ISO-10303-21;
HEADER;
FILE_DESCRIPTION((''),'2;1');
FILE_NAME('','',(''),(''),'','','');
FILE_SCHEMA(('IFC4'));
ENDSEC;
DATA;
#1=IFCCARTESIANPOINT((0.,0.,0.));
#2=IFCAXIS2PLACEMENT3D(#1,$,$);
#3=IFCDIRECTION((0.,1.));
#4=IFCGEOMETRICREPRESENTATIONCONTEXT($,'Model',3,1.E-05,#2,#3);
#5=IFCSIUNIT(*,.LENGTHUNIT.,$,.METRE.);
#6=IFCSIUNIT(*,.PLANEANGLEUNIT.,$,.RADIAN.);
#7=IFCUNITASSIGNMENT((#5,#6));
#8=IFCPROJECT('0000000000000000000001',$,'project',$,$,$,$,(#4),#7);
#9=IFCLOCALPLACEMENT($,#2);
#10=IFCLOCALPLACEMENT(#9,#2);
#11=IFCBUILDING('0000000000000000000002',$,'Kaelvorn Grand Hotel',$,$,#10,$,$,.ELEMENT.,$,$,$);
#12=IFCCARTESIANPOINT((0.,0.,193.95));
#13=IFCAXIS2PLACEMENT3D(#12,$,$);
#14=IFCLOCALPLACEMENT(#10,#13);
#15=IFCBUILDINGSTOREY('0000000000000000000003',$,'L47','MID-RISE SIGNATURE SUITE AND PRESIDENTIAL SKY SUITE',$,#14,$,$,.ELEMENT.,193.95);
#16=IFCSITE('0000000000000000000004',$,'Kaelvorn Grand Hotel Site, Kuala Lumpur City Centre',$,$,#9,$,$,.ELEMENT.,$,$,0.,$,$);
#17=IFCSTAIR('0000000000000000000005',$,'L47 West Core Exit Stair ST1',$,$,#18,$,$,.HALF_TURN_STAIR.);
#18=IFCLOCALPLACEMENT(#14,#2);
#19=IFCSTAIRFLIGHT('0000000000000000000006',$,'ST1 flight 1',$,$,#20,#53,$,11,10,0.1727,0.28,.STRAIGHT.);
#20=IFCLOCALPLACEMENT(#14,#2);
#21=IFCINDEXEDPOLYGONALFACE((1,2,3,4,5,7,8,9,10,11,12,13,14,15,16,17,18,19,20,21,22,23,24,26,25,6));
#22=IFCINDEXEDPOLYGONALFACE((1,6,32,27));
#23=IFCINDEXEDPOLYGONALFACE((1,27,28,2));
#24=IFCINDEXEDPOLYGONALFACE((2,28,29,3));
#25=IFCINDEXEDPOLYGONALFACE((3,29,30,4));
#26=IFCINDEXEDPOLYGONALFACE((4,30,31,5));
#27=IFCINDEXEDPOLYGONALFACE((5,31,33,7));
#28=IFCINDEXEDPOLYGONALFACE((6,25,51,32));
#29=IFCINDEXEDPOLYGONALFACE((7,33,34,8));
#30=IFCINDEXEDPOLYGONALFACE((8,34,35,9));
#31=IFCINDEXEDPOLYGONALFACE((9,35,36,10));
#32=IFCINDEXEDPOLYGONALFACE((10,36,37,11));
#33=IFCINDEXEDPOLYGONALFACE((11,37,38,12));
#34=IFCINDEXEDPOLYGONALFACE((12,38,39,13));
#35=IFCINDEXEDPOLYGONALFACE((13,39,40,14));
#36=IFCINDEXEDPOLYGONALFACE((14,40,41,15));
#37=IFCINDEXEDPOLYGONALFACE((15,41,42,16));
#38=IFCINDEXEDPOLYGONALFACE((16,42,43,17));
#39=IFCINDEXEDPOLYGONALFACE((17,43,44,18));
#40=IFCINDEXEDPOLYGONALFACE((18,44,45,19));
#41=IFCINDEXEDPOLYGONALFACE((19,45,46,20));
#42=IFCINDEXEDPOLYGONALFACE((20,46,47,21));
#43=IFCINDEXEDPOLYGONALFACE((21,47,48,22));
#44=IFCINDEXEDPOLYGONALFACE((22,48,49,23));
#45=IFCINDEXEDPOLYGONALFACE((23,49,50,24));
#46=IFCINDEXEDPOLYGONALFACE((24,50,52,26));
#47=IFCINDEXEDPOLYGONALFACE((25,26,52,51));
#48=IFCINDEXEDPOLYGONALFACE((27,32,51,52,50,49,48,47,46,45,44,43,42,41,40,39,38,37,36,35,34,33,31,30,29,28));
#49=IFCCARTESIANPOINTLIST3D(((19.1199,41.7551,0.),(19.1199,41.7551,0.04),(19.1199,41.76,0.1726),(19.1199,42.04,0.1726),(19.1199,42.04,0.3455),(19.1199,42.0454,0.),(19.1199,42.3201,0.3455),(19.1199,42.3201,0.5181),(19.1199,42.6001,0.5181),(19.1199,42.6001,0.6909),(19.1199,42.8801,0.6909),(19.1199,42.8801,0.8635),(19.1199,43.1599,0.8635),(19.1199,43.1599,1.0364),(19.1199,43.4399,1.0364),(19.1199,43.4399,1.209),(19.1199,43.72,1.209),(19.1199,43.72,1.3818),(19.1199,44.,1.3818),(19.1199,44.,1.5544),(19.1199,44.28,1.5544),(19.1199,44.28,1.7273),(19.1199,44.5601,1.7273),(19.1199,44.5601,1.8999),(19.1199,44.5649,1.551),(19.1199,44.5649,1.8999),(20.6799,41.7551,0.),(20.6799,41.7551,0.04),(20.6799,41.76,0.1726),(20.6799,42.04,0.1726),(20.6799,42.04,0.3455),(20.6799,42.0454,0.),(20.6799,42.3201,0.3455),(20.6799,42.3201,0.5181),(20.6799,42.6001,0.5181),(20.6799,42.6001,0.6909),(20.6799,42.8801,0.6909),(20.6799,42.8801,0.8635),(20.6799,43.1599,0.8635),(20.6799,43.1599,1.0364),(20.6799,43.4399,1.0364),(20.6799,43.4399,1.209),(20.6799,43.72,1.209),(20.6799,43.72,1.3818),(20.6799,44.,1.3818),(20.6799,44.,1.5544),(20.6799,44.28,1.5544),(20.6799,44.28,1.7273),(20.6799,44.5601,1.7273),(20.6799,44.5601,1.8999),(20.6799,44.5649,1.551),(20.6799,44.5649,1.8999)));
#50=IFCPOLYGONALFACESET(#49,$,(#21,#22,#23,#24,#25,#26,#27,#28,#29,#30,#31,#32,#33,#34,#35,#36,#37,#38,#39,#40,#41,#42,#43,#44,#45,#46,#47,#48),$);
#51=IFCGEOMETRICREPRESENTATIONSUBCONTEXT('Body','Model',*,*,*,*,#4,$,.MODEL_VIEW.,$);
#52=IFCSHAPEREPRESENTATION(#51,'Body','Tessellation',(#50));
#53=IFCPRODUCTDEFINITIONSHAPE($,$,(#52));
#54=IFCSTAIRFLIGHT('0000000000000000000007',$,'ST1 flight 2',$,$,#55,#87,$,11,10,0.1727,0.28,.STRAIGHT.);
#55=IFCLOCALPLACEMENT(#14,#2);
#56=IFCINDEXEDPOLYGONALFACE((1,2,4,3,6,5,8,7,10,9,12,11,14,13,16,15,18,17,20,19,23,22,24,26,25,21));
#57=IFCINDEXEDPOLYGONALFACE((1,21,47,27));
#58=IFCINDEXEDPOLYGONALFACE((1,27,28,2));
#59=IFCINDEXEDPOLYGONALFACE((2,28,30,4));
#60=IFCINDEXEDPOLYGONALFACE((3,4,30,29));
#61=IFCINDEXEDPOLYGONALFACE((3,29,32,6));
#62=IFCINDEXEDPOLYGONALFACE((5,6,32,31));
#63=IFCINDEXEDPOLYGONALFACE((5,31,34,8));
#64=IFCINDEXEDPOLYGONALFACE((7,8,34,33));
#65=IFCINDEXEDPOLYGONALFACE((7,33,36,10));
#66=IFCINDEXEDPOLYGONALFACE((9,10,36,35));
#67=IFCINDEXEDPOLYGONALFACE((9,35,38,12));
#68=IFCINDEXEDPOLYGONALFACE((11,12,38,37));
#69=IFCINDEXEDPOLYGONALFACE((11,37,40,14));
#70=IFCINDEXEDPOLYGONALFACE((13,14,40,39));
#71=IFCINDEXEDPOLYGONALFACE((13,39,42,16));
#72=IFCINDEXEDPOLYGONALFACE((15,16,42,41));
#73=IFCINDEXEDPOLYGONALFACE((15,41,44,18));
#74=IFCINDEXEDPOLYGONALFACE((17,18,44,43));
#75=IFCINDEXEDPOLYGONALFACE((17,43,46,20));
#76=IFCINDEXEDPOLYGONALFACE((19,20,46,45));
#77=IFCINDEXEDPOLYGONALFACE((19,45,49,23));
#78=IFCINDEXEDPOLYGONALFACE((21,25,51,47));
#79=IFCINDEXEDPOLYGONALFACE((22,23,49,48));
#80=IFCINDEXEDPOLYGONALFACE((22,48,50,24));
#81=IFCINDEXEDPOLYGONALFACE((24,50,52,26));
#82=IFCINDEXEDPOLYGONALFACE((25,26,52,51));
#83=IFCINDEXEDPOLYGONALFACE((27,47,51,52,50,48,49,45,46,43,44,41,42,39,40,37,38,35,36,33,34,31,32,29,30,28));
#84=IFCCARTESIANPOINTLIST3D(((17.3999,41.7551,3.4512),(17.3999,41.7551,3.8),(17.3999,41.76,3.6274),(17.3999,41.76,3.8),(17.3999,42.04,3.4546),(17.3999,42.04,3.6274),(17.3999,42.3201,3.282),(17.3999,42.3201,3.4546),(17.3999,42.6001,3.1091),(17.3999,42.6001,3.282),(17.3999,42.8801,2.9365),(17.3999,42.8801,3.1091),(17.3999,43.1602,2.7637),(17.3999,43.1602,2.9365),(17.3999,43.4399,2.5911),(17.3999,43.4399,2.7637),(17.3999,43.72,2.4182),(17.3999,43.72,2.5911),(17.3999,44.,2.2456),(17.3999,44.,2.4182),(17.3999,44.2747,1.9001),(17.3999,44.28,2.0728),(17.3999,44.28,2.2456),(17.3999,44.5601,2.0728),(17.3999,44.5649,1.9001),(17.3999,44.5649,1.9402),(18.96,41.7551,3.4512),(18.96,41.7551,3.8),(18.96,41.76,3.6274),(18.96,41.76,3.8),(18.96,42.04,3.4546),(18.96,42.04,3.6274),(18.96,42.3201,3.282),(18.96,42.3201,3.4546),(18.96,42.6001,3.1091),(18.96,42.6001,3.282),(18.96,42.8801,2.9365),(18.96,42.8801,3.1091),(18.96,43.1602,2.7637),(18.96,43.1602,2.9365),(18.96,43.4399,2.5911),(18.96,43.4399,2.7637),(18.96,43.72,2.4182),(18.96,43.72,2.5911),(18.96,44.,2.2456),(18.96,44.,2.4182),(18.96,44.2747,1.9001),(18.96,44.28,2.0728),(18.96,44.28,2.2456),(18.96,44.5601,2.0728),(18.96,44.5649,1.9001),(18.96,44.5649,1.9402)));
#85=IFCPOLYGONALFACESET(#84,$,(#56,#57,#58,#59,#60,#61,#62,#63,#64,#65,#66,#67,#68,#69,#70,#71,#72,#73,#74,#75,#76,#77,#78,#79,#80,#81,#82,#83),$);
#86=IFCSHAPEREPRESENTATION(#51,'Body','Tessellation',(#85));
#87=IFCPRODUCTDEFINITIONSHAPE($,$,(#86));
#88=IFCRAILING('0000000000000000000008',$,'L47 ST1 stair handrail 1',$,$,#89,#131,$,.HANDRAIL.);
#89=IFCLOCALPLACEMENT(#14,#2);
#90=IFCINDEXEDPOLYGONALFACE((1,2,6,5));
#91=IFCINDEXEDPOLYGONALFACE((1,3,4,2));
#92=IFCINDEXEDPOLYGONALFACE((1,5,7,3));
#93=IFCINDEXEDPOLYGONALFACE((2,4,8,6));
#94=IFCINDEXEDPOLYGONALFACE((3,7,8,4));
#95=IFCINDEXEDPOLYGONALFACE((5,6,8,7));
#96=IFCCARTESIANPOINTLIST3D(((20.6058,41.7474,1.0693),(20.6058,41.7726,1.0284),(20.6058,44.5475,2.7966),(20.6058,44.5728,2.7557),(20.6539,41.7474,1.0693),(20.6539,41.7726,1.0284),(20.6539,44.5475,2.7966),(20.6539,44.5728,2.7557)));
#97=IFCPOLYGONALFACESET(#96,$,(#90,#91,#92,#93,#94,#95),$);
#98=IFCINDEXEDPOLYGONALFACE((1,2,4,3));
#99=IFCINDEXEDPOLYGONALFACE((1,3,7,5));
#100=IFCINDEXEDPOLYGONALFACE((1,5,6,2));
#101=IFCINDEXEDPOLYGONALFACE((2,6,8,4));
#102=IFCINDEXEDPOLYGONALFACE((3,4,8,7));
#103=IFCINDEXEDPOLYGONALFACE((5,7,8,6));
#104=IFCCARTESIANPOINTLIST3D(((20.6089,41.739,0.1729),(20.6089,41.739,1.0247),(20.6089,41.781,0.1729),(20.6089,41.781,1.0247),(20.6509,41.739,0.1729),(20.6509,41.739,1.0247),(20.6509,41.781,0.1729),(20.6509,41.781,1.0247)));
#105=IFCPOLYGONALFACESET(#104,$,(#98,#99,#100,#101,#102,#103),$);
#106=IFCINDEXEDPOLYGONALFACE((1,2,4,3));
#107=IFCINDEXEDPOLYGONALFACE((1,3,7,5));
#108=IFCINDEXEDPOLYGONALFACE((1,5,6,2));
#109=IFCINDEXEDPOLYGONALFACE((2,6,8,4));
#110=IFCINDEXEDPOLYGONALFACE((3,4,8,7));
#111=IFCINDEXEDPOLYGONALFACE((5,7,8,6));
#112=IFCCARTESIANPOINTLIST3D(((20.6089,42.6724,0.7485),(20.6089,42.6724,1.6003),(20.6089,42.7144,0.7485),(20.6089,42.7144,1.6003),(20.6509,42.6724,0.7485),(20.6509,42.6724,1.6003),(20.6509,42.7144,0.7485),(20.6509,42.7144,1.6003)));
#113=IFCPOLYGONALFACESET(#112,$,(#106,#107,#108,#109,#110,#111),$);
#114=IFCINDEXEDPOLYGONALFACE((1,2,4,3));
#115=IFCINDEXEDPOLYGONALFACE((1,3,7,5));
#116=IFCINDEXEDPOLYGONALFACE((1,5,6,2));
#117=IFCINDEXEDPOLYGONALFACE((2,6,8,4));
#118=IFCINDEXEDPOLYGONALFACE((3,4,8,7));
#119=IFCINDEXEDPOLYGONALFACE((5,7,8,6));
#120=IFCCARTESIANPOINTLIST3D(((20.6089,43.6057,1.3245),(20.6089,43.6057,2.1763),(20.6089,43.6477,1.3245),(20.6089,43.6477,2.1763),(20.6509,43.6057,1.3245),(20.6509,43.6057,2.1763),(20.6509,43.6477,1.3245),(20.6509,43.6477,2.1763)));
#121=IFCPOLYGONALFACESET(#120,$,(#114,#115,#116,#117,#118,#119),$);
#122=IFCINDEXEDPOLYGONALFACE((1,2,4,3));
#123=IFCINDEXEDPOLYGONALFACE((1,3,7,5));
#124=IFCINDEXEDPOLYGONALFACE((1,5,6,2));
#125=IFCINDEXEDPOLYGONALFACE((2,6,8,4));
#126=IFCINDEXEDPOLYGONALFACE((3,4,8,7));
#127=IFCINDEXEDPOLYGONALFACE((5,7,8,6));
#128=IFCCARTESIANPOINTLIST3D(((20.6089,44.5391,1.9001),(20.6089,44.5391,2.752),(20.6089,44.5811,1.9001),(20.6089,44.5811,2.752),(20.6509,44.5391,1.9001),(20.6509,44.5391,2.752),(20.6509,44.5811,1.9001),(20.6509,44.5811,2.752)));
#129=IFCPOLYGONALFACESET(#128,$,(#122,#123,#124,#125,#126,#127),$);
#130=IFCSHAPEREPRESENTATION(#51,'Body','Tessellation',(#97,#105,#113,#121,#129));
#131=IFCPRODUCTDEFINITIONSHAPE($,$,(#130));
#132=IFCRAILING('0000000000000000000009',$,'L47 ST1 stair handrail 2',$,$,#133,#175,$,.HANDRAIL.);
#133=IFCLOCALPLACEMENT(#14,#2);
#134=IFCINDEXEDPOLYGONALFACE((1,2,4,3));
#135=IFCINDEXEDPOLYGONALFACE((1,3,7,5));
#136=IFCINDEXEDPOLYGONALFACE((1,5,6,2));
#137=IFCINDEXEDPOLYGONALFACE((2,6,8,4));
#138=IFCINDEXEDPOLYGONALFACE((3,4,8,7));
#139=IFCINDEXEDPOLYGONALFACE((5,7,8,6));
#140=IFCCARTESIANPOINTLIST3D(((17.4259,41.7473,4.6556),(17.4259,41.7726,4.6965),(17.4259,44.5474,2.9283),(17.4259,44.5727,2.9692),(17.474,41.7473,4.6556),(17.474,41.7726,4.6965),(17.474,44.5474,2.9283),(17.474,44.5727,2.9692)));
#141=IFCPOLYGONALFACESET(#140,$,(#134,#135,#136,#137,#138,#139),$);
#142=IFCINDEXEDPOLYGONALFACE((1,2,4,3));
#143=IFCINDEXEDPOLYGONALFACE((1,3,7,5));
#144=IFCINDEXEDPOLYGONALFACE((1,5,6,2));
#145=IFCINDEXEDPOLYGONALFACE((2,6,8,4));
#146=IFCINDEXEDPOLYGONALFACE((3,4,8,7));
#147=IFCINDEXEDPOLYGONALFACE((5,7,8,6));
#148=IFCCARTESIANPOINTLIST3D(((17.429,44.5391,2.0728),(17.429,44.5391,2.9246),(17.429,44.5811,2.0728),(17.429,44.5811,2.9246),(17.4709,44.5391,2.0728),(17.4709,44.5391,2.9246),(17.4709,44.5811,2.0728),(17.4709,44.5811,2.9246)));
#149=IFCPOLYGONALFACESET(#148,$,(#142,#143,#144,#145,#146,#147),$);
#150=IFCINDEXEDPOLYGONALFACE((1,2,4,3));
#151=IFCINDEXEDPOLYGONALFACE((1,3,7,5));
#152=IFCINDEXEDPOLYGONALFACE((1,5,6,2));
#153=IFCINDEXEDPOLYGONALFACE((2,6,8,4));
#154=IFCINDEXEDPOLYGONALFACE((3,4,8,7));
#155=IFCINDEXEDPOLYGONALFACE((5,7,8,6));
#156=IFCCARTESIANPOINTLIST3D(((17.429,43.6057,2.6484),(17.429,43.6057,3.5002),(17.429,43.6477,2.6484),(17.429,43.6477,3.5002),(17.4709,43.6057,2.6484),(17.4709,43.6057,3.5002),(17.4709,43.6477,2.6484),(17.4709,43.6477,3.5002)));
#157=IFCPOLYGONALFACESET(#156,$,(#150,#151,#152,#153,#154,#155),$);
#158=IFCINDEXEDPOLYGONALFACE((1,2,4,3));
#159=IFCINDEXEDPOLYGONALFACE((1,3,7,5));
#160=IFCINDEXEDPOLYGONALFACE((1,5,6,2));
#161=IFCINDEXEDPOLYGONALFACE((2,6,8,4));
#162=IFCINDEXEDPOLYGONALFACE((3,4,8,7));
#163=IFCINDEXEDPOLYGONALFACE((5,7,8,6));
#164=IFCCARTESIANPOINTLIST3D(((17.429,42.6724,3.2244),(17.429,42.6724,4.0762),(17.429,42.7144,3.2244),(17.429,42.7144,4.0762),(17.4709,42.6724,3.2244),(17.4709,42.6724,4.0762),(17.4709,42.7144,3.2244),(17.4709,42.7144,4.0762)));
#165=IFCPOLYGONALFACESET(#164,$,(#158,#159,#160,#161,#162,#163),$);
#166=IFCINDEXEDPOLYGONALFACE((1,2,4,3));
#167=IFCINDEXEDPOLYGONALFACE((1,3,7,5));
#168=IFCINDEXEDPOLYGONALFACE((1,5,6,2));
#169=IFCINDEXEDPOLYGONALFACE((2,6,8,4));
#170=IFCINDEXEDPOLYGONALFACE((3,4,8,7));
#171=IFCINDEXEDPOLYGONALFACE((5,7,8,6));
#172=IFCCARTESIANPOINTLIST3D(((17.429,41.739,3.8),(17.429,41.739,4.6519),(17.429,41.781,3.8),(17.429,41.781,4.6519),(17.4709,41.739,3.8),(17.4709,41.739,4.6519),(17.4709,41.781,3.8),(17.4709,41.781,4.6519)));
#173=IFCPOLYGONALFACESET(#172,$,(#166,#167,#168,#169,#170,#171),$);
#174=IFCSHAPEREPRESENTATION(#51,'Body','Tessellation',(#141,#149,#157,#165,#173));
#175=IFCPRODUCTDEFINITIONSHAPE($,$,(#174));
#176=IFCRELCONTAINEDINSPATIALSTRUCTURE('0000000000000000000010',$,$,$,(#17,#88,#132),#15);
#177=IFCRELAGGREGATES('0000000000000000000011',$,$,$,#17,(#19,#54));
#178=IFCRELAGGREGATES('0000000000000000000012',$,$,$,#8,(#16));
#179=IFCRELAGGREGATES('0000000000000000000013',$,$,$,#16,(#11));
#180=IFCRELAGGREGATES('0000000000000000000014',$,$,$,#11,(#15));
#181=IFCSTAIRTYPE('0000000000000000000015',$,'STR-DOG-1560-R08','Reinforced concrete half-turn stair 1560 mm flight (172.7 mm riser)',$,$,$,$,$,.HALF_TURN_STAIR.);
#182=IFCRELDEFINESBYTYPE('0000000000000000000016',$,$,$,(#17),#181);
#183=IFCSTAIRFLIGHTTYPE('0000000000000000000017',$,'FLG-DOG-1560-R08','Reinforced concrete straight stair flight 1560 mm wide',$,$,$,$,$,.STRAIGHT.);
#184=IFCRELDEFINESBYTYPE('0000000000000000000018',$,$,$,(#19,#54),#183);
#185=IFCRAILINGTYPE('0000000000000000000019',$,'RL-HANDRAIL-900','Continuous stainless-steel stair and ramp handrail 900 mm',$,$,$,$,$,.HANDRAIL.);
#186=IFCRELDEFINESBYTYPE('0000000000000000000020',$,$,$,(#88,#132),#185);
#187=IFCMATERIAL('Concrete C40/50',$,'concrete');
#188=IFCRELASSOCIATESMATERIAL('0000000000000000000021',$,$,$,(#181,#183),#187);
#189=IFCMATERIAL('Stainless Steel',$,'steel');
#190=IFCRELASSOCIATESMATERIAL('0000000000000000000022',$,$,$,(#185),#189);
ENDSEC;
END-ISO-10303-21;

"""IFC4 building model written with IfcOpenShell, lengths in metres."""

from ifc_helpers import new_model, si_unit, direction, frame, origin, origin_2d, place, context, subcontext, project, spatial, polyline, rectangle, outline, extrude, material, type_object, element, aggregate, save


model = new_model("IFC4")

# Units and contexts
model_context = context("Model", 3, precision=1e-05, world=origin(), true_north=direction((0.0, 1.0)))
body_context = subcontext(model_context, "Body", "Model", "MODEL_VIEW")
ifc_project = project(units=[si_unit("LENGTHUNIT", "METRE"), si_unit("PLANEANGLEUNIT", "RADIAN")], contexts=[model_context])

# Site, building, storey
site_placement = place(None, origin())
site = spatial("IfcSite", under=ifc_project, at=site_placement, Name="Kaelvorn Grand Hotel Site, Kuala Lumpur City Centre", CompositionType="ELEMENT", RefElevation=0.0)
building_placement = place(site_placement, origin())
building = spatial("IfcBuilding", under=site, at=building_placement, Name="Kaelvorn Grand Hotel", CompositionType="ELEMENT")
storey_placement = place(building_placement, frame((0.0, 0.0, 193.95)))
storey = spatial("IfcBuildingStorey", under=building, at=storey_placement, Name="L47", Description="MID-RISE SIGNATURE SUITE AND PRESIDENTIAL SKY SUITE", CompositionType="ELEMENT", Elevation=193.95)

# Shared definitions
ifc_material_1 = material(Name="Concrete C40/50", Category="concrete")

# Stair, stair flights
stair_type = type_object("IfcStairType", Name="STR-DOG-1560-R08", Description="Reinforced concrete half-turn stair 1560 mm flight (172.7 mm riser)", PredefinedType="HALF_TURN_STAIR", material=ifc_material_1)
stair_placement = place(storey_placement, origin())
stair = element("IfcStair", 1, at=stair_placement, inside=storey, type_object=stair_type, Name="L47 West Core Exit Stair ST1", PredefinedType="HALF_TURN_STAIR")
stair_flight_type = type_object("IfcStairFlightType", Name="FLG-DOG-1560-R08", Description="Reinforced concrete straight stair flight 1560 mm wide", PredefinedType="STRAIGHT", material=ifc_material_1)
stair_flight_1_placement = place(storey_placement, frame((19.8999, 41.76, 0.0), z_axis=(0.0, 0.0, 1.0), x_axis=(0.0, 1.0, 0.0)))
stair_flight_1 = element("IfcStairFlight", 2, at=stair_flight_1_placement, type_object=stair_flight_type, Name="ST1 flight 1", NumberOfRisers=11, NumberOfTreads=10, PredefinedType="STRAIGHT", RiserHeight=0.1727, TreadLength=0.28, context=body_context, shape_type="SweptSolid", body=[
    extrude(outline(polyline([(-0.0049, 0.0), (-0.0049, 0.04), (0.0, 0.1726), (0.28, 0.1726), (0.28, 0.3455), (0.5601, 0.3455), (0.5601, 0.5181), (0.8401, 0.5181), (0.8401, 0.6909), (1.1201, 0.6909), (1.1201, 0.8635), (1.3999, 0.8635), (1.3999, 1.0364), (1.6799, 1.0364), (1.6799, 1.209), (1.96, 1.209), (1.96, 1.3818), (2.24, 1.3818), (2.24, 1.5544), (2.52, 1.5544), (2.52, 1.7273), (2.8, 1.7273), (2.8, 1.8999), (2.8049, 1.8999), (2.8049, 1.551), (0.2854, 0.0), (-0.0049, 0.0)])), frame((0.0, 0.78, 0.0), z_axis=(0.0, -1.0, 0.0), x_axis=(1.0, 0.0, 0.0)), (0.0, 0.0, 1.0), 1.5601),
])
stair_flight_2_placement = place(storey_placement, frame((18.1799, 44.5601, 1.9001), z_axis=(0.0, 0.0, 1.0), x_axis=(0.0, -1.0, 0.0)))
stair_flight_2 = element("IfcStairFlight", 3, at=stair_flight_2_placement, type_object=stair_flight_type, Name="ST1 flight 2", NumberOfRisers=11, NumberOfTreads=10, PredefinedType="STRAIGHT", RiserHeight=0.1727, TreadLength=0.28, context=body_context, shape_type="SweptSolid", body=[
    extrude(outline(polyline([(-0.0049, 0.0), (-0.0049, 0.04), (0.0, 0.1726), (0.28, 0.1726), (0.28, 0.3455), (0.5601, 0.3455), (0.5601, 0.5181), (0.8401, 0.5181), (0.8401, 0.6909), (1.1201, 0.6909), (1.1201, 0.8635), (1.3999, 0.8635), (1.3999, 1.0364), (1.6799, 1.0364), (1.6799, 1.209), (1.96, 1.209), (1.96, 1.3818), (2.24, 1.3818), (2.24, 1.5544), (2.52, 1.5544), (2.52, 1.7273), (2.8, 1.7273), (2.8, 1.8999), (2.8049, 1.8999), (2.8049, 1.551), (0.2854, 0.0), (-0.0049, 0.0)])), frame((0.0, 0.78, 0.0), z_axis=(0.0, -1.0, 0.0), x_axis=(1.0, 0.0, 0.0)), (0.0, 0.0, 1.0), 1.5601),
])
aggregate(stair, [stair_flight_1, stair_flight_2])

# Railings
ifc_material_2 = material(Name="Stainless Steel", Category="steel")
railing_type_1 = type_object("IfcRailingType", Name="RL-HANDRAIL-900", Description="Continuous stainless-steel stair and ramp handrail 900 mm", PredefinedType="HANDRAIL", material=ifc_material_2)
railing_1_placement = place(storey_placement, frame((20.6299, 41.76, 0.1729)))
element("IfcRailing", 4, at=railing_1_placement, inside=storey, type_object=railing_type_1, Name="L47 ST1 stair handrail 1", PredefinedType="HANDRAIL", context=body_context, shape_type="SweptSolid", body=[
    extrude(rectangle(XDim=0.0481, YDim=0.0481, at=origin_2d()), frame((0.0, 0.0, 0.876), z_axis=(0.0, 0.85109, 0.52502), x_axis=(-1.0, 0.0, 0.0)), (0.0, 0.0, 1.0), 3.29),
    extrude(rectangle(XDim=0.042, YDim=0.042, at=origin_2d()), origin(), (0.0, 0.0, 1.0), 0.8518),
    extrude(rectangle(XDim=0.042, YDim=0.042, at=origin_2d()), frame((0.0, 0.9333, 0.5757)), (0.0, 0.0, 1.0), 0.8518),
    extrude(rectangle(XDim=0.042, YDim=0.042, at=origin_2d()), frame((0.0, 1.8667, 1.1516)), (0.0, 0.0, 1.0), 0.8518),
    extrude(rectangle(XDim=0.042, YDim=0.042, at=origin_2d()), frame((0.0, 2.8, 1.7273)), (0.0, 0.0, 1.0), 0.8518),
])
railing_2_placement = place(storey_placement, frame((17.45, 44.5601, 2.0728)))
element("IfcRailing", 5, at=railing_2_placement, inside=storey, type_object=railing_type_1, Name="L47 ST1 stair handrail 2", PredefinedType="HANDRAIL", context=body_context, shape_type="SweptSolid", body=[
    extrude(rectangle(XDim=0.0481, YDim=0.0481, at=origin_2d()), frame((0.0, 0.0, 0.876), z_axis=(0.0, -0.85109, 0.52502), x_axis=(1.0, 0.0, 0.0)), (0.0, 0.0, 1.0), 3.29),
    extrude(rectangle(XDim=0.042, YDim=0.042, at=origin_2d()), origin(), (0.0, 0.0, 1.0), 0.8518),
    extrude(rectangle(XDim=0.042, YDim=0.042, at=origin_2d()), frame((0.0, -0.9333, 0.5757)), (0.0, 0.0, 1.0), 0.8518),
    extrude(rectangle(XDim=0.042, YDim=0.042, at=origin_2d()), frame((0.0, -1.8667, 1.1516)), (0.0, 0.0, 1.0), 0.8518),
    extrude(rectangle(XDim=0.042, YDim=0.042, at=origin_2d()), frame((0.0, -2.8, 1.7273)), (0.0, 0.0, 1.0), 0.8518),
])

save(model, "model.ifc")
